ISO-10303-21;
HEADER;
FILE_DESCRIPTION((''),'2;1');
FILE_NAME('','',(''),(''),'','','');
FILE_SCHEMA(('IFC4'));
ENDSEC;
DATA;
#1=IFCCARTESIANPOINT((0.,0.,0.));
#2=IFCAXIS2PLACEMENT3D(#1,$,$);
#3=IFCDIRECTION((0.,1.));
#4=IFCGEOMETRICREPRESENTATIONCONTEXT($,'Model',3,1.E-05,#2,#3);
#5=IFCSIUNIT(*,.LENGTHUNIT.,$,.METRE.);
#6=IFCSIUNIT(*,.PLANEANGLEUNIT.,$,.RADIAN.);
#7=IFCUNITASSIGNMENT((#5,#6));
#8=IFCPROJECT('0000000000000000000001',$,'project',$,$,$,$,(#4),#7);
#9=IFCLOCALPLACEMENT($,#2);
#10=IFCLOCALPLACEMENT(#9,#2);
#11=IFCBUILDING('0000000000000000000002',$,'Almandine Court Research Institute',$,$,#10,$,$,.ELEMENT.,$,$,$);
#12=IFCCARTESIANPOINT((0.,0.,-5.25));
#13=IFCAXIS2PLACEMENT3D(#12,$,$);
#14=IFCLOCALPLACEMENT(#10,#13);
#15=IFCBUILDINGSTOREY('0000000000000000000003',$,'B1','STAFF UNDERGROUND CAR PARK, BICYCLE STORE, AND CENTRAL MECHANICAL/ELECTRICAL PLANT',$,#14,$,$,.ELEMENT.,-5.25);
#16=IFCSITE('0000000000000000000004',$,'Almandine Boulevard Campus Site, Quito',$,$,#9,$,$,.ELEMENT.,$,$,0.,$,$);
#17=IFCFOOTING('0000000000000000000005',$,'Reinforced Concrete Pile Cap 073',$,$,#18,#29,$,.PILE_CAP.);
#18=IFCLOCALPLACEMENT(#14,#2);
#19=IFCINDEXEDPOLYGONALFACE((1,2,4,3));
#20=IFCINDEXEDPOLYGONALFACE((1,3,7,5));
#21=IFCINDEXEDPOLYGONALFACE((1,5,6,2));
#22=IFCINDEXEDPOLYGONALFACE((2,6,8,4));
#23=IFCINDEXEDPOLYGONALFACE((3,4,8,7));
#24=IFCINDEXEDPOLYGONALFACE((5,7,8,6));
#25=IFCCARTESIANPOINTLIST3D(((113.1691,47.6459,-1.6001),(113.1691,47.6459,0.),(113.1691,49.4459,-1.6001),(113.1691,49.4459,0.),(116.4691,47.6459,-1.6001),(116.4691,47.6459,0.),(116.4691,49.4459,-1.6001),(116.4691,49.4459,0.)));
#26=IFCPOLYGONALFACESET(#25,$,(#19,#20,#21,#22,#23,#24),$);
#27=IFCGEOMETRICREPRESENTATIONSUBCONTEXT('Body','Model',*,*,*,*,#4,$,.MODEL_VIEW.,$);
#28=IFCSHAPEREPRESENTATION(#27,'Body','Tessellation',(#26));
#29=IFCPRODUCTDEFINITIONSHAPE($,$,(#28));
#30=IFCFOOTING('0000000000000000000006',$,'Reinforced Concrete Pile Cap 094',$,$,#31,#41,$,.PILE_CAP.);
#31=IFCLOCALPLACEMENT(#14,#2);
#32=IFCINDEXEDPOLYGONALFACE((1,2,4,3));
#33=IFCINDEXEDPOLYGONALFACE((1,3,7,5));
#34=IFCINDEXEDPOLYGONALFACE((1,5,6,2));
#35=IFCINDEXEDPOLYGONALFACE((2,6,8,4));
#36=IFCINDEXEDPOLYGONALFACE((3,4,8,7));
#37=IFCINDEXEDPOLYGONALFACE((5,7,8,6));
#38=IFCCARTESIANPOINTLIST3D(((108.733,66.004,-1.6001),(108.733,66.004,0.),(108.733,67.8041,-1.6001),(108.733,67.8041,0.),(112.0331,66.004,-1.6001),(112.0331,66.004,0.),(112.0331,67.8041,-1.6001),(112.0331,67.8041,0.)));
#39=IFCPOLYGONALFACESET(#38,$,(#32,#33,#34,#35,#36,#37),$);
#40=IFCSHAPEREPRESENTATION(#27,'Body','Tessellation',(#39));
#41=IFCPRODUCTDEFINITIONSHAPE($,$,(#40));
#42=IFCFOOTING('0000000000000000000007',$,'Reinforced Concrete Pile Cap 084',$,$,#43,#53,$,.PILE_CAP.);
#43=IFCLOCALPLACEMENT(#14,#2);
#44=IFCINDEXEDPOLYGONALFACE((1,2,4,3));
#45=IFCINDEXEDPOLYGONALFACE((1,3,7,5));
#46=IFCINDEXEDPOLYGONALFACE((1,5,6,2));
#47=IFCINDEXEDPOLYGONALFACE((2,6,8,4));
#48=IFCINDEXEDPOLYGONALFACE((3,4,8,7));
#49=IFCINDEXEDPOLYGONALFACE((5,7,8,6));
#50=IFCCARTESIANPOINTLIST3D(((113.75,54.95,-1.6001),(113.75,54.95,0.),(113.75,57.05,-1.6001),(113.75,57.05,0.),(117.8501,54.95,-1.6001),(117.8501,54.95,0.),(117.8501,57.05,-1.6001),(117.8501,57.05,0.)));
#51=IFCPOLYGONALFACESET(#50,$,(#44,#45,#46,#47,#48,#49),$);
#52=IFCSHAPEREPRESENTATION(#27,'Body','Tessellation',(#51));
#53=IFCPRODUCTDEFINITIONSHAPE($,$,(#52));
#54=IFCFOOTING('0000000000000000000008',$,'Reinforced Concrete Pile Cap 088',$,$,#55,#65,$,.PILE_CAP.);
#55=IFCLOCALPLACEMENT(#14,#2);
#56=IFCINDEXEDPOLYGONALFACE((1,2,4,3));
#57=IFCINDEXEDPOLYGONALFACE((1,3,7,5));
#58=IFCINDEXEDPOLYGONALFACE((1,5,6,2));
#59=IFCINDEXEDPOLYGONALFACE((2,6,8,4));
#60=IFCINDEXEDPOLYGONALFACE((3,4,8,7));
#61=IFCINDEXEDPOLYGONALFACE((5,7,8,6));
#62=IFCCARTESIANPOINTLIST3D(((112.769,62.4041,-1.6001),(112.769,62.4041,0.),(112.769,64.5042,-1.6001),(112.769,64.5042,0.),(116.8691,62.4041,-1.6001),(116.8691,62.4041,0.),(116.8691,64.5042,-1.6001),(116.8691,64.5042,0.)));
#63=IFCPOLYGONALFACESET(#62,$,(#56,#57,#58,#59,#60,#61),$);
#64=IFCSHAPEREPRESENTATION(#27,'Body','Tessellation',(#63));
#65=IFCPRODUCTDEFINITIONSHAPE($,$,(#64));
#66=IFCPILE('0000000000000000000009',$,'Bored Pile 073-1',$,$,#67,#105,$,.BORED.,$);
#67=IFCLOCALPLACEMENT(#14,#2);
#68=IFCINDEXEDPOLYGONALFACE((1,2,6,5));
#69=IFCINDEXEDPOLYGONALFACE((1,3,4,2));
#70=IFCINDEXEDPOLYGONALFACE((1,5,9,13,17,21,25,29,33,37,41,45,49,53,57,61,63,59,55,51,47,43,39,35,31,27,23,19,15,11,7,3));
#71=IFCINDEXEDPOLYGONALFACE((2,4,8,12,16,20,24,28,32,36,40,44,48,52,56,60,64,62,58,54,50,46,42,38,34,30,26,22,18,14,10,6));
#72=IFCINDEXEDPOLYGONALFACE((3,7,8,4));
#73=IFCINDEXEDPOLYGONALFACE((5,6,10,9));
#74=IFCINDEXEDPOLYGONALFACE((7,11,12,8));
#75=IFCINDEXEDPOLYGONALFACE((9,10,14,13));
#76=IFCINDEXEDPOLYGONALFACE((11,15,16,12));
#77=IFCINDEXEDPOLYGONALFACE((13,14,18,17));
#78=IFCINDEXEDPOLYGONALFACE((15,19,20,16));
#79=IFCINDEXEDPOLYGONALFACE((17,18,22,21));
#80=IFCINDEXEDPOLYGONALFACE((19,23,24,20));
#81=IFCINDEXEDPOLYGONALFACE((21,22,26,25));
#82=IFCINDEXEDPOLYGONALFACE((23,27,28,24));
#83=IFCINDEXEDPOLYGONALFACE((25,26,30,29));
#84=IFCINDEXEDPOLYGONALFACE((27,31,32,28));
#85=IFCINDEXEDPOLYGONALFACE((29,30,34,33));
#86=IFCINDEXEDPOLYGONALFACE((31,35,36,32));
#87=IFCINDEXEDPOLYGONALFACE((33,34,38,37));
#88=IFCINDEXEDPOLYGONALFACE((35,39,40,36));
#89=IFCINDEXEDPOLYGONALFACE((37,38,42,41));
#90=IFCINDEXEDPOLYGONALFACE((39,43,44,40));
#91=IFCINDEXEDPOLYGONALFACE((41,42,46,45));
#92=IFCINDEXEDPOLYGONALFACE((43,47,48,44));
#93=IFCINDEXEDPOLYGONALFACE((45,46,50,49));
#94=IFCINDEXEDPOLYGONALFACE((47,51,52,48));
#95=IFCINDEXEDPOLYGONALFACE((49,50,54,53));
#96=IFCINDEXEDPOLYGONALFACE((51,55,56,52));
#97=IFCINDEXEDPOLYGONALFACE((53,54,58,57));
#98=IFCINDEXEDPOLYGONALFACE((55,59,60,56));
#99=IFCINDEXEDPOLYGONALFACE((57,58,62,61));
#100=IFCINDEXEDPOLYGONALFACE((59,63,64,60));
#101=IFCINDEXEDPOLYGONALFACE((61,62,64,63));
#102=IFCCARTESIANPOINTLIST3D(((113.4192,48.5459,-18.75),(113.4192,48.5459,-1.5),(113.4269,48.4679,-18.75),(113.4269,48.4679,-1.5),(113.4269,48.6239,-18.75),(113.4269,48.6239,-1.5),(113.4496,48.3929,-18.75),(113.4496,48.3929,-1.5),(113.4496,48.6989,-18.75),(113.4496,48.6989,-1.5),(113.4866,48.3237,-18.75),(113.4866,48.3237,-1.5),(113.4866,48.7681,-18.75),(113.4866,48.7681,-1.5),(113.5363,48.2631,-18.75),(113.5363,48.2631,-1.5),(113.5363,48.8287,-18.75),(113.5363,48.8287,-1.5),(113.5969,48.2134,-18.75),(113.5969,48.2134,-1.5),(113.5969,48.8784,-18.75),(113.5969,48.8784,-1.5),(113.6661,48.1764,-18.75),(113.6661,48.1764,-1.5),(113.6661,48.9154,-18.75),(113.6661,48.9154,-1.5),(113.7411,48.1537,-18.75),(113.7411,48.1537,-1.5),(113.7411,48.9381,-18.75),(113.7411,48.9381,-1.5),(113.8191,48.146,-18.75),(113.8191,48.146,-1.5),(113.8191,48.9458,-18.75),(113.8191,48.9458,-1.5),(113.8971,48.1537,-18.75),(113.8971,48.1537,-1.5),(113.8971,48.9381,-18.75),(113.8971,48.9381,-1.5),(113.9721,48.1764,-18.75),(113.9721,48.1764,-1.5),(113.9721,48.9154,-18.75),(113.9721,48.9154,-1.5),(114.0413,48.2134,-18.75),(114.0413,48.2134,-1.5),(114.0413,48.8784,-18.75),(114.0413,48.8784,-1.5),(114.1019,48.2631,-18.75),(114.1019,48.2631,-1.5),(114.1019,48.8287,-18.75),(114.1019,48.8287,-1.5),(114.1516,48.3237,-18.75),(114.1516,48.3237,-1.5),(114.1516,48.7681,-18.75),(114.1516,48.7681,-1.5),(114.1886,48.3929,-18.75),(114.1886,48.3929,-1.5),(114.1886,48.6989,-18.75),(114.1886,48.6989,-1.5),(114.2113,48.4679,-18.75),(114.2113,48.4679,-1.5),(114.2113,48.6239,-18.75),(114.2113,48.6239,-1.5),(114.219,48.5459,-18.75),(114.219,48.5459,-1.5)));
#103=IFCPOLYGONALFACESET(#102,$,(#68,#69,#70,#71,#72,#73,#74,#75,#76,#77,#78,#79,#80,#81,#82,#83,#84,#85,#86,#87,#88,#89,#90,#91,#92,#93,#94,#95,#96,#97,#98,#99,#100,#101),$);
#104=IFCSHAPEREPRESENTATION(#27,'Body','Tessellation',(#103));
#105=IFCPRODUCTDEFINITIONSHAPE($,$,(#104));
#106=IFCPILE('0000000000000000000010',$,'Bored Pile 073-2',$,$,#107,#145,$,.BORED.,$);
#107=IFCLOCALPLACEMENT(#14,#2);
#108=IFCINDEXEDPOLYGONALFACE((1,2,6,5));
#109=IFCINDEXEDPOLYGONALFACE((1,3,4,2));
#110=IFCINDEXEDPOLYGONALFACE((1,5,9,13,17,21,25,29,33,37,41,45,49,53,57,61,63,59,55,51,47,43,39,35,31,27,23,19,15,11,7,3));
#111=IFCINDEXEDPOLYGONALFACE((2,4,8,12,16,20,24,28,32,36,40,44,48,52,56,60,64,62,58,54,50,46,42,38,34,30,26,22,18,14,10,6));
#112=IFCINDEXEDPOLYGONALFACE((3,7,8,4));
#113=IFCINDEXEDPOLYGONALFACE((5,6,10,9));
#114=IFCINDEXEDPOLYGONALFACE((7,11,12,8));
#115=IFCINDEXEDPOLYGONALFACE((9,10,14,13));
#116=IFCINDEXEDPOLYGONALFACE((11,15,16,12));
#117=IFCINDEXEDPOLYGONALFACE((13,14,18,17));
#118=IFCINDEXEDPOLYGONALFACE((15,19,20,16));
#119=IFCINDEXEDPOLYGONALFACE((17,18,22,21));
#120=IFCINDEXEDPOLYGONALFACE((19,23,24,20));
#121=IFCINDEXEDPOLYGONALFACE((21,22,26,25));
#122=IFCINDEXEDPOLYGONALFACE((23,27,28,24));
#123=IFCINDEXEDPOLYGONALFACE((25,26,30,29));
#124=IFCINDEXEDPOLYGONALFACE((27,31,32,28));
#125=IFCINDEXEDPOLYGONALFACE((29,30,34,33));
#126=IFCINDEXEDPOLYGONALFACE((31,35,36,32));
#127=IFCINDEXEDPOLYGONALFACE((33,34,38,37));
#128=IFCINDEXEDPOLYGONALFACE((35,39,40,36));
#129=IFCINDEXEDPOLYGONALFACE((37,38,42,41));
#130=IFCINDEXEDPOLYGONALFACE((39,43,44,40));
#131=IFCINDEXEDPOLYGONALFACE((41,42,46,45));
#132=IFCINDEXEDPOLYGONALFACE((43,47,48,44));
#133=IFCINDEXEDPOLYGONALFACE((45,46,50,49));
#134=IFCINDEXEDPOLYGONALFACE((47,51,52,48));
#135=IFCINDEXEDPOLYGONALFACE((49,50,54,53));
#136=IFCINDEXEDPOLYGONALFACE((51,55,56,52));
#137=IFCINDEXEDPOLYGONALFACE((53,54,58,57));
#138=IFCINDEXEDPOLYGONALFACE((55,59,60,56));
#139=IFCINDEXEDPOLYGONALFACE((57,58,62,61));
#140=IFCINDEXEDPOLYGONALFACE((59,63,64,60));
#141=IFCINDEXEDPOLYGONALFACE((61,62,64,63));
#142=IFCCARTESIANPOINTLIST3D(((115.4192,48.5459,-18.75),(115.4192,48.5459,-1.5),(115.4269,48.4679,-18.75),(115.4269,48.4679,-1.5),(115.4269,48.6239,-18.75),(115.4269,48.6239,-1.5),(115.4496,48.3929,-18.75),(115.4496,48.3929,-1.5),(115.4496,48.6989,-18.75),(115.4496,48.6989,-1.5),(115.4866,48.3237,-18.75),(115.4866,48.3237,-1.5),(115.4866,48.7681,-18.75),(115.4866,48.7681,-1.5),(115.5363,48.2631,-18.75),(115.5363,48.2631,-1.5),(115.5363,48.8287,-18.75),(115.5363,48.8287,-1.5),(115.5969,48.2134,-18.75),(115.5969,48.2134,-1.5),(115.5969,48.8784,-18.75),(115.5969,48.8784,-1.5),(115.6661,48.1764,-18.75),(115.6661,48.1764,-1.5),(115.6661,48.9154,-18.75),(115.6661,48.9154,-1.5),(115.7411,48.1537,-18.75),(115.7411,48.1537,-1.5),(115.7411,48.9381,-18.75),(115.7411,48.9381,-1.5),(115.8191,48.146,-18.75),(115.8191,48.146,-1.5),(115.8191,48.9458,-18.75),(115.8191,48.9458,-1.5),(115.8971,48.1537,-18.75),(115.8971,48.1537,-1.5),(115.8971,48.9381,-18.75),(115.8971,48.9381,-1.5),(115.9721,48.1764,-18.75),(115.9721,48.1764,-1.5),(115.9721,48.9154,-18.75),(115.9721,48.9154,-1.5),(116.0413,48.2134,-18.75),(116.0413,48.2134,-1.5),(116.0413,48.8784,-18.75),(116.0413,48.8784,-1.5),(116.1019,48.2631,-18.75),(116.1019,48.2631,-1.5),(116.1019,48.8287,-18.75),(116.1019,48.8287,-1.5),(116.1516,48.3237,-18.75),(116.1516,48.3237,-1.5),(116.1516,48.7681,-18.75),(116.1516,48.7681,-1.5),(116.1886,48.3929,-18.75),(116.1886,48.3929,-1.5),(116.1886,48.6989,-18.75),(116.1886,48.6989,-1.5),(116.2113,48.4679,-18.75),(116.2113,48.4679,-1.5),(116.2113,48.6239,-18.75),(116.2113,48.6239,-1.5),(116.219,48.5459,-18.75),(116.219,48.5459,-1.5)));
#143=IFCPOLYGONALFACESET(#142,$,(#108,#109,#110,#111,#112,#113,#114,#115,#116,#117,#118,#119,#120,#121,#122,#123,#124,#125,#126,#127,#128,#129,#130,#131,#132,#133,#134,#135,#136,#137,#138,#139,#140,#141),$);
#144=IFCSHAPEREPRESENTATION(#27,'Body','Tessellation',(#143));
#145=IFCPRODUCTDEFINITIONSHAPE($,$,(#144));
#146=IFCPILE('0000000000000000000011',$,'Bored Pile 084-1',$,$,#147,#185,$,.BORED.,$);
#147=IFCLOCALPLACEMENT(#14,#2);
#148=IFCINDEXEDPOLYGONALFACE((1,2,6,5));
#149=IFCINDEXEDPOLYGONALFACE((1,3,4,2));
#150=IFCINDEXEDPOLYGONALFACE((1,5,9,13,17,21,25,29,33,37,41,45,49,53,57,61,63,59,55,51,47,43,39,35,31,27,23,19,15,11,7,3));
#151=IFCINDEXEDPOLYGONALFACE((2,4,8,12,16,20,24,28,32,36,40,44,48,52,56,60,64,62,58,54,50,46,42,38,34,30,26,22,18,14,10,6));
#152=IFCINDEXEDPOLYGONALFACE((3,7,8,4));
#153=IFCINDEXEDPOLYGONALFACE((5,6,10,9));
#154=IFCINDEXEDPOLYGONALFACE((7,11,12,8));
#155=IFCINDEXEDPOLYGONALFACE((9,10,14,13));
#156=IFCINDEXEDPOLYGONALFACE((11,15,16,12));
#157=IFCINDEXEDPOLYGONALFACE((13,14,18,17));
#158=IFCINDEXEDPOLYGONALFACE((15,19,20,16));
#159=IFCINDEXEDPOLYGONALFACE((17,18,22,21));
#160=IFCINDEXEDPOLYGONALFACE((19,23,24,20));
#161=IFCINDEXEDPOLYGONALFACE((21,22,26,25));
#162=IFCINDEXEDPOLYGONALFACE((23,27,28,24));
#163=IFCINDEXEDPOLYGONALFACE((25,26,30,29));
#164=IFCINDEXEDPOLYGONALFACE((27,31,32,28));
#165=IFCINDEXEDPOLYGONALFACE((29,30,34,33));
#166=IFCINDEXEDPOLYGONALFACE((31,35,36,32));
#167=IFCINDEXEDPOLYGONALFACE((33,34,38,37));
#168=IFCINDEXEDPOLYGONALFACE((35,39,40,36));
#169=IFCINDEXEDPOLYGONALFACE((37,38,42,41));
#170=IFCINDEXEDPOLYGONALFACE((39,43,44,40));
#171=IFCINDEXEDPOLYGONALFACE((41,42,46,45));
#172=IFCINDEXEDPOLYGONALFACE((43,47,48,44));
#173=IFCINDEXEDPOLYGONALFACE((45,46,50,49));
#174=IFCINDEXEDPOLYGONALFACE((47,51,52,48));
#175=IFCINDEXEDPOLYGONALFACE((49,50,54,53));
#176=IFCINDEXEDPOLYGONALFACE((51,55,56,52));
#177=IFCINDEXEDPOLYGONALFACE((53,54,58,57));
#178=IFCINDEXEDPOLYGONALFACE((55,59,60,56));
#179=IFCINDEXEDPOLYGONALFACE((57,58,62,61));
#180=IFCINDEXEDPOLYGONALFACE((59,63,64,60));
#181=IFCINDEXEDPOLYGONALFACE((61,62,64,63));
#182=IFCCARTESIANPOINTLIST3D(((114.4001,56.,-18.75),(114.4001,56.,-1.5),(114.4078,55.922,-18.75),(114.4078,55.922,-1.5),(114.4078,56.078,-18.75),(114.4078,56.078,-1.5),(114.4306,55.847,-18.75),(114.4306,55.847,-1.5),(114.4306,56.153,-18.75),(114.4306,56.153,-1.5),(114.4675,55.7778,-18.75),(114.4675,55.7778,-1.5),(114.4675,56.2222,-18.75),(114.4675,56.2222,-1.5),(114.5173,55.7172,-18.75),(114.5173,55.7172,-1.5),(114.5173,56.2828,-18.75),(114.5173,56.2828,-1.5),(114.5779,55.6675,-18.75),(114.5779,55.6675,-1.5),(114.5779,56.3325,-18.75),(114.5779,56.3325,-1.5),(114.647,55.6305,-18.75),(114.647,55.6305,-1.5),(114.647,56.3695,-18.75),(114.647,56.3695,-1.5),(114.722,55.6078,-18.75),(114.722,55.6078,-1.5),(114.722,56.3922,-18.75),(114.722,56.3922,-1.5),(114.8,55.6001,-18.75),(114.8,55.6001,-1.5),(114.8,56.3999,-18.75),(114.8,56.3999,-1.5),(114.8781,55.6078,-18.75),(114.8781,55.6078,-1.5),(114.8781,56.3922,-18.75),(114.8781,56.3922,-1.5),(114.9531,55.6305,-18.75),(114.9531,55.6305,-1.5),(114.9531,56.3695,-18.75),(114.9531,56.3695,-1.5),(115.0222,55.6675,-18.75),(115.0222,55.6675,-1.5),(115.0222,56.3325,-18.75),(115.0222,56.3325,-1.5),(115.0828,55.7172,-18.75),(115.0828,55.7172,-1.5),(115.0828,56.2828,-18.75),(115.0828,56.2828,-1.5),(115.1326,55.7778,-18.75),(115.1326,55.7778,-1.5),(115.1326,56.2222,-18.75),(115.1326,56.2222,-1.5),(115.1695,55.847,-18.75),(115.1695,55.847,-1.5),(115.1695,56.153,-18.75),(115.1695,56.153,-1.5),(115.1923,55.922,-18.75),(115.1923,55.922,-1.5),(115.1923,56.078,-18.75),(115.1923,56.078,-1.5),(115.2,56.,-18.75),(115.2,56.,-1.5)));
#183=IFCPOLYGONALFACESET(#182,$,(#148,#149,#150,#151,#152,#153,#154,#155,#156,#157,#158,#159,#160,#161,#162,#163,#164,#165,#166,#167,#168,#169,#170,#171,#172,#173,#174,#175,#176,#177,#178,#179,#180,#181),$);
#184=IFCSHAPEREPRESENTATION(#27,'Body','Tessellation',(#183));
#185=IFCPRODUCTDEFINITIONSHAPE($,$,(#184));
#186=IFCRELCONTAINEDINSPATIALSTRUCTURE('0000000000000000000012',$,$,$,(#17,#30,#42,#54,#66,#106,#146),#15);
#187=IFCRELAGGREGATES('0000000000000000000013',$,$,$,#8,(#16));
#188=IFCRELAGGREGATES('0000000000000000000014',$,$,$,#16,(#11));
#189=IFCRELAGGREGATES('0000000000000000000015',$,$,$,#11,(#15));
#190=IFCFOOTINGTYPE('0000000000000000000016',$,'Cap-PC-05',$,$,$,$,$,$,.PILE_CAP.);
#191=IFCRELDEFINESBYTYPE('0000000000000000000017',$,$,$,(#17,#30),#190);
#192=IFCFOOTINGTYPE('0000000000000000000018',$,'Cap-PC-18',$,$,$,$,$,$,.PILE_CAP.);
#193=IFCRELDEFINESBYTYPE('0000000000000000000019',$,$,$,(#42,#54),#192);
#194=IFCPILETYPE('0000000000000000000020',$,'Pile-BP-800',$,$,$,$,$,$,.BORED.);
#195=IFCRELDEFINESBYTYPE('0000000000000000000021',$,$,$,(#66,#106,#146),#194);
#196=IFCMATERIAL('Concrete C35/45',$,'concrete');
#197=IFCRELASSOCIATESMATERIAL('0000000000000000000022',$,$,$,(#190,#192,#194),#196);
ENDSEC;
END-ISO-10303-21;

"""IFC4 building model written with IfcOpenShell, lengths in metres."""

from ifc_helpers import new_model, si_unit, direction, frame, origin, origin_2d, place, context, subcontext, project, spatial, rectangle, circle, extrude, material, material_profile, profile_set, type_object, element, save


model = new_model("IFC4")

# Units and contexts
model_context = context("Model", 3, precision=1e-05, world=origin(), true_north=direction((0.0, 1.0)))
body_context = subcontext(model_context, "Body", "Model", "MODEL_VIEW")
ifc_project = project(units=[si_unit("LENGTHUNIT", "METRE"), si_unit("PLANEANGLEUNIT", "RADIAN")], contexts=[model_context])

# Site, building, storey
site_placement = place(None, origin())
site = spatial("IfcSite", under=ifc_project, at=site_placement, Name="Almandine Boulevard Campus Site, Quito", CompositionType="ELEMENT", RefElevation=0.0)
building_placement = place(site_placement, origin())
building = spatial("IfcBuilding", under=site, at=building_placement, Name="Almandine Court Research Institute", CompositionType="ELEMENT")
storey_placement = place(building_placement, frame((0.0, 0.0, -5.25)))
storey = spatial("IfcBuildingStorey", under=building, at=storey_placement, Name="B1", Description="STAFF UNDERGROUND CAR PARK, BICYCLE STORE, AND CENTRAL MECHANICAL/ELECTRICAL PLANT", CompositionType="ELEMENT", Elevation=-5.25)

# Footings
ifc_material_1 = material(Name="Concrete C35/45", Category="concrete")
footing_type_1 = type_object("IfcFootingType", Name="Cap-PC-05", PredefinedType="PILE_CAP", material=ifc_material_1)
for number, where, z_axis, x_axis, name in (
    (1, (114.8191, 48.5459, -1.6001), (0.0, 0.0, 1.0), (1.0, 0.0, 0.0), "Reinforced Concrete Pile Cap 073"),
    (2, (110.3831, 66.9041, -1.6001), (0.0, 0.0, 1.0), (1.0, 0.0, 0.0), "Reinforced Concrete Pile Cap 094"),
):
    element("IfcFooting", number, at=place(storey_placement, frame(where, z_axis=z_axis, x_axis=x_axis)), inside=storey, type_object=footing_type_1, Name=name, PredefinedType="PILE_CAP", context=body_context, shape_type="SweptSolid", body=[
        extrude(rectangle(XDim=3.3, YDim=1.8, at=origin_2d()), origin(), (0.0, 0.0, 1.0), 1.6001),
    ])
footing_type_2 = type_object("IfcFootingType", Name="Cap-PC-18", PredefinedType="PILE_CAP", material=ifc_material_1)
for number, where, z_axis, x_axis, name in (
    (3, (115.8, 56.0, -1.6001), (0.0, 0.0, 1.0), (1.0, 0.0, 0.0), "Reinforced Concrete Pile Cap 084"),
    (4, (114.8191, 63.4541, -1.6001), (0.0, 0.0, 1.0), (1.0, 0.0, 0.0), "Reinforced Concrete Pile Cap 088"),
):
    element("IfcFooting", number, at=place(storey_placement, frame(where, z_axis=z_axis, x_axis=x_axis)), inside=storey, type_object=footing_type_2, Name=name, PredefinedType="PILE_CAP", context=body_context, shape_type="SweptSolid", body=[
        extrude(rectangle(XDim=4.1001, YDim=2.1001, at=origin_2d()), origin(), (0.0, 0.0, 1.0), 1.6001),
    ])

# Piles
ifc_material_profile_1 = material_profile(ifc_material_1, circle(Radius=0.3999, at=origin_2d()), Name="BORED PILE D800")
ifc_profile_set_1 = profile_set([ifc_material_profile_1], Name="Concrete C35/45")
pile_type = type_object("IfcPileType", Name="Pile-BP-800", PredefinedType="BORED", material=ifc_profile_set_1)
for number, where, z_axis, x_axis, name in (
    (5, (113.8191, 48.5459, -1.5), (0.0, 0.0, -1.0), (1.0, 0.0, 0.0), "Bored Pile 073-1"),
    (6, (115.8191, 48.5459, -1.5), (0.0, 0.0, -1.0), (1.0, 0.0, 0.0), "Bored Pile 073-2"),
    (7, (114.8, 56.0, -1.5), (0.0, 0.0, -1.0), (1.0, 0.0, 0.0), "Bored Pile 084-1"),
):
    element("IfcPile", number, at=place(storey_placement, frame(where, z_axis=z_axis, x_axis=x_axis)), inside=storey, type_object=pile_type, Name=name, PredefinedType="BORED", context=body_context, shape_type="SweptSolid", body=[
        extrude(circle(Radius=0.3999, at=origin_2d()), origin(), (0.0, 0.0, 1.0), 17.25),
    ])

save(model, "model.ifc")
